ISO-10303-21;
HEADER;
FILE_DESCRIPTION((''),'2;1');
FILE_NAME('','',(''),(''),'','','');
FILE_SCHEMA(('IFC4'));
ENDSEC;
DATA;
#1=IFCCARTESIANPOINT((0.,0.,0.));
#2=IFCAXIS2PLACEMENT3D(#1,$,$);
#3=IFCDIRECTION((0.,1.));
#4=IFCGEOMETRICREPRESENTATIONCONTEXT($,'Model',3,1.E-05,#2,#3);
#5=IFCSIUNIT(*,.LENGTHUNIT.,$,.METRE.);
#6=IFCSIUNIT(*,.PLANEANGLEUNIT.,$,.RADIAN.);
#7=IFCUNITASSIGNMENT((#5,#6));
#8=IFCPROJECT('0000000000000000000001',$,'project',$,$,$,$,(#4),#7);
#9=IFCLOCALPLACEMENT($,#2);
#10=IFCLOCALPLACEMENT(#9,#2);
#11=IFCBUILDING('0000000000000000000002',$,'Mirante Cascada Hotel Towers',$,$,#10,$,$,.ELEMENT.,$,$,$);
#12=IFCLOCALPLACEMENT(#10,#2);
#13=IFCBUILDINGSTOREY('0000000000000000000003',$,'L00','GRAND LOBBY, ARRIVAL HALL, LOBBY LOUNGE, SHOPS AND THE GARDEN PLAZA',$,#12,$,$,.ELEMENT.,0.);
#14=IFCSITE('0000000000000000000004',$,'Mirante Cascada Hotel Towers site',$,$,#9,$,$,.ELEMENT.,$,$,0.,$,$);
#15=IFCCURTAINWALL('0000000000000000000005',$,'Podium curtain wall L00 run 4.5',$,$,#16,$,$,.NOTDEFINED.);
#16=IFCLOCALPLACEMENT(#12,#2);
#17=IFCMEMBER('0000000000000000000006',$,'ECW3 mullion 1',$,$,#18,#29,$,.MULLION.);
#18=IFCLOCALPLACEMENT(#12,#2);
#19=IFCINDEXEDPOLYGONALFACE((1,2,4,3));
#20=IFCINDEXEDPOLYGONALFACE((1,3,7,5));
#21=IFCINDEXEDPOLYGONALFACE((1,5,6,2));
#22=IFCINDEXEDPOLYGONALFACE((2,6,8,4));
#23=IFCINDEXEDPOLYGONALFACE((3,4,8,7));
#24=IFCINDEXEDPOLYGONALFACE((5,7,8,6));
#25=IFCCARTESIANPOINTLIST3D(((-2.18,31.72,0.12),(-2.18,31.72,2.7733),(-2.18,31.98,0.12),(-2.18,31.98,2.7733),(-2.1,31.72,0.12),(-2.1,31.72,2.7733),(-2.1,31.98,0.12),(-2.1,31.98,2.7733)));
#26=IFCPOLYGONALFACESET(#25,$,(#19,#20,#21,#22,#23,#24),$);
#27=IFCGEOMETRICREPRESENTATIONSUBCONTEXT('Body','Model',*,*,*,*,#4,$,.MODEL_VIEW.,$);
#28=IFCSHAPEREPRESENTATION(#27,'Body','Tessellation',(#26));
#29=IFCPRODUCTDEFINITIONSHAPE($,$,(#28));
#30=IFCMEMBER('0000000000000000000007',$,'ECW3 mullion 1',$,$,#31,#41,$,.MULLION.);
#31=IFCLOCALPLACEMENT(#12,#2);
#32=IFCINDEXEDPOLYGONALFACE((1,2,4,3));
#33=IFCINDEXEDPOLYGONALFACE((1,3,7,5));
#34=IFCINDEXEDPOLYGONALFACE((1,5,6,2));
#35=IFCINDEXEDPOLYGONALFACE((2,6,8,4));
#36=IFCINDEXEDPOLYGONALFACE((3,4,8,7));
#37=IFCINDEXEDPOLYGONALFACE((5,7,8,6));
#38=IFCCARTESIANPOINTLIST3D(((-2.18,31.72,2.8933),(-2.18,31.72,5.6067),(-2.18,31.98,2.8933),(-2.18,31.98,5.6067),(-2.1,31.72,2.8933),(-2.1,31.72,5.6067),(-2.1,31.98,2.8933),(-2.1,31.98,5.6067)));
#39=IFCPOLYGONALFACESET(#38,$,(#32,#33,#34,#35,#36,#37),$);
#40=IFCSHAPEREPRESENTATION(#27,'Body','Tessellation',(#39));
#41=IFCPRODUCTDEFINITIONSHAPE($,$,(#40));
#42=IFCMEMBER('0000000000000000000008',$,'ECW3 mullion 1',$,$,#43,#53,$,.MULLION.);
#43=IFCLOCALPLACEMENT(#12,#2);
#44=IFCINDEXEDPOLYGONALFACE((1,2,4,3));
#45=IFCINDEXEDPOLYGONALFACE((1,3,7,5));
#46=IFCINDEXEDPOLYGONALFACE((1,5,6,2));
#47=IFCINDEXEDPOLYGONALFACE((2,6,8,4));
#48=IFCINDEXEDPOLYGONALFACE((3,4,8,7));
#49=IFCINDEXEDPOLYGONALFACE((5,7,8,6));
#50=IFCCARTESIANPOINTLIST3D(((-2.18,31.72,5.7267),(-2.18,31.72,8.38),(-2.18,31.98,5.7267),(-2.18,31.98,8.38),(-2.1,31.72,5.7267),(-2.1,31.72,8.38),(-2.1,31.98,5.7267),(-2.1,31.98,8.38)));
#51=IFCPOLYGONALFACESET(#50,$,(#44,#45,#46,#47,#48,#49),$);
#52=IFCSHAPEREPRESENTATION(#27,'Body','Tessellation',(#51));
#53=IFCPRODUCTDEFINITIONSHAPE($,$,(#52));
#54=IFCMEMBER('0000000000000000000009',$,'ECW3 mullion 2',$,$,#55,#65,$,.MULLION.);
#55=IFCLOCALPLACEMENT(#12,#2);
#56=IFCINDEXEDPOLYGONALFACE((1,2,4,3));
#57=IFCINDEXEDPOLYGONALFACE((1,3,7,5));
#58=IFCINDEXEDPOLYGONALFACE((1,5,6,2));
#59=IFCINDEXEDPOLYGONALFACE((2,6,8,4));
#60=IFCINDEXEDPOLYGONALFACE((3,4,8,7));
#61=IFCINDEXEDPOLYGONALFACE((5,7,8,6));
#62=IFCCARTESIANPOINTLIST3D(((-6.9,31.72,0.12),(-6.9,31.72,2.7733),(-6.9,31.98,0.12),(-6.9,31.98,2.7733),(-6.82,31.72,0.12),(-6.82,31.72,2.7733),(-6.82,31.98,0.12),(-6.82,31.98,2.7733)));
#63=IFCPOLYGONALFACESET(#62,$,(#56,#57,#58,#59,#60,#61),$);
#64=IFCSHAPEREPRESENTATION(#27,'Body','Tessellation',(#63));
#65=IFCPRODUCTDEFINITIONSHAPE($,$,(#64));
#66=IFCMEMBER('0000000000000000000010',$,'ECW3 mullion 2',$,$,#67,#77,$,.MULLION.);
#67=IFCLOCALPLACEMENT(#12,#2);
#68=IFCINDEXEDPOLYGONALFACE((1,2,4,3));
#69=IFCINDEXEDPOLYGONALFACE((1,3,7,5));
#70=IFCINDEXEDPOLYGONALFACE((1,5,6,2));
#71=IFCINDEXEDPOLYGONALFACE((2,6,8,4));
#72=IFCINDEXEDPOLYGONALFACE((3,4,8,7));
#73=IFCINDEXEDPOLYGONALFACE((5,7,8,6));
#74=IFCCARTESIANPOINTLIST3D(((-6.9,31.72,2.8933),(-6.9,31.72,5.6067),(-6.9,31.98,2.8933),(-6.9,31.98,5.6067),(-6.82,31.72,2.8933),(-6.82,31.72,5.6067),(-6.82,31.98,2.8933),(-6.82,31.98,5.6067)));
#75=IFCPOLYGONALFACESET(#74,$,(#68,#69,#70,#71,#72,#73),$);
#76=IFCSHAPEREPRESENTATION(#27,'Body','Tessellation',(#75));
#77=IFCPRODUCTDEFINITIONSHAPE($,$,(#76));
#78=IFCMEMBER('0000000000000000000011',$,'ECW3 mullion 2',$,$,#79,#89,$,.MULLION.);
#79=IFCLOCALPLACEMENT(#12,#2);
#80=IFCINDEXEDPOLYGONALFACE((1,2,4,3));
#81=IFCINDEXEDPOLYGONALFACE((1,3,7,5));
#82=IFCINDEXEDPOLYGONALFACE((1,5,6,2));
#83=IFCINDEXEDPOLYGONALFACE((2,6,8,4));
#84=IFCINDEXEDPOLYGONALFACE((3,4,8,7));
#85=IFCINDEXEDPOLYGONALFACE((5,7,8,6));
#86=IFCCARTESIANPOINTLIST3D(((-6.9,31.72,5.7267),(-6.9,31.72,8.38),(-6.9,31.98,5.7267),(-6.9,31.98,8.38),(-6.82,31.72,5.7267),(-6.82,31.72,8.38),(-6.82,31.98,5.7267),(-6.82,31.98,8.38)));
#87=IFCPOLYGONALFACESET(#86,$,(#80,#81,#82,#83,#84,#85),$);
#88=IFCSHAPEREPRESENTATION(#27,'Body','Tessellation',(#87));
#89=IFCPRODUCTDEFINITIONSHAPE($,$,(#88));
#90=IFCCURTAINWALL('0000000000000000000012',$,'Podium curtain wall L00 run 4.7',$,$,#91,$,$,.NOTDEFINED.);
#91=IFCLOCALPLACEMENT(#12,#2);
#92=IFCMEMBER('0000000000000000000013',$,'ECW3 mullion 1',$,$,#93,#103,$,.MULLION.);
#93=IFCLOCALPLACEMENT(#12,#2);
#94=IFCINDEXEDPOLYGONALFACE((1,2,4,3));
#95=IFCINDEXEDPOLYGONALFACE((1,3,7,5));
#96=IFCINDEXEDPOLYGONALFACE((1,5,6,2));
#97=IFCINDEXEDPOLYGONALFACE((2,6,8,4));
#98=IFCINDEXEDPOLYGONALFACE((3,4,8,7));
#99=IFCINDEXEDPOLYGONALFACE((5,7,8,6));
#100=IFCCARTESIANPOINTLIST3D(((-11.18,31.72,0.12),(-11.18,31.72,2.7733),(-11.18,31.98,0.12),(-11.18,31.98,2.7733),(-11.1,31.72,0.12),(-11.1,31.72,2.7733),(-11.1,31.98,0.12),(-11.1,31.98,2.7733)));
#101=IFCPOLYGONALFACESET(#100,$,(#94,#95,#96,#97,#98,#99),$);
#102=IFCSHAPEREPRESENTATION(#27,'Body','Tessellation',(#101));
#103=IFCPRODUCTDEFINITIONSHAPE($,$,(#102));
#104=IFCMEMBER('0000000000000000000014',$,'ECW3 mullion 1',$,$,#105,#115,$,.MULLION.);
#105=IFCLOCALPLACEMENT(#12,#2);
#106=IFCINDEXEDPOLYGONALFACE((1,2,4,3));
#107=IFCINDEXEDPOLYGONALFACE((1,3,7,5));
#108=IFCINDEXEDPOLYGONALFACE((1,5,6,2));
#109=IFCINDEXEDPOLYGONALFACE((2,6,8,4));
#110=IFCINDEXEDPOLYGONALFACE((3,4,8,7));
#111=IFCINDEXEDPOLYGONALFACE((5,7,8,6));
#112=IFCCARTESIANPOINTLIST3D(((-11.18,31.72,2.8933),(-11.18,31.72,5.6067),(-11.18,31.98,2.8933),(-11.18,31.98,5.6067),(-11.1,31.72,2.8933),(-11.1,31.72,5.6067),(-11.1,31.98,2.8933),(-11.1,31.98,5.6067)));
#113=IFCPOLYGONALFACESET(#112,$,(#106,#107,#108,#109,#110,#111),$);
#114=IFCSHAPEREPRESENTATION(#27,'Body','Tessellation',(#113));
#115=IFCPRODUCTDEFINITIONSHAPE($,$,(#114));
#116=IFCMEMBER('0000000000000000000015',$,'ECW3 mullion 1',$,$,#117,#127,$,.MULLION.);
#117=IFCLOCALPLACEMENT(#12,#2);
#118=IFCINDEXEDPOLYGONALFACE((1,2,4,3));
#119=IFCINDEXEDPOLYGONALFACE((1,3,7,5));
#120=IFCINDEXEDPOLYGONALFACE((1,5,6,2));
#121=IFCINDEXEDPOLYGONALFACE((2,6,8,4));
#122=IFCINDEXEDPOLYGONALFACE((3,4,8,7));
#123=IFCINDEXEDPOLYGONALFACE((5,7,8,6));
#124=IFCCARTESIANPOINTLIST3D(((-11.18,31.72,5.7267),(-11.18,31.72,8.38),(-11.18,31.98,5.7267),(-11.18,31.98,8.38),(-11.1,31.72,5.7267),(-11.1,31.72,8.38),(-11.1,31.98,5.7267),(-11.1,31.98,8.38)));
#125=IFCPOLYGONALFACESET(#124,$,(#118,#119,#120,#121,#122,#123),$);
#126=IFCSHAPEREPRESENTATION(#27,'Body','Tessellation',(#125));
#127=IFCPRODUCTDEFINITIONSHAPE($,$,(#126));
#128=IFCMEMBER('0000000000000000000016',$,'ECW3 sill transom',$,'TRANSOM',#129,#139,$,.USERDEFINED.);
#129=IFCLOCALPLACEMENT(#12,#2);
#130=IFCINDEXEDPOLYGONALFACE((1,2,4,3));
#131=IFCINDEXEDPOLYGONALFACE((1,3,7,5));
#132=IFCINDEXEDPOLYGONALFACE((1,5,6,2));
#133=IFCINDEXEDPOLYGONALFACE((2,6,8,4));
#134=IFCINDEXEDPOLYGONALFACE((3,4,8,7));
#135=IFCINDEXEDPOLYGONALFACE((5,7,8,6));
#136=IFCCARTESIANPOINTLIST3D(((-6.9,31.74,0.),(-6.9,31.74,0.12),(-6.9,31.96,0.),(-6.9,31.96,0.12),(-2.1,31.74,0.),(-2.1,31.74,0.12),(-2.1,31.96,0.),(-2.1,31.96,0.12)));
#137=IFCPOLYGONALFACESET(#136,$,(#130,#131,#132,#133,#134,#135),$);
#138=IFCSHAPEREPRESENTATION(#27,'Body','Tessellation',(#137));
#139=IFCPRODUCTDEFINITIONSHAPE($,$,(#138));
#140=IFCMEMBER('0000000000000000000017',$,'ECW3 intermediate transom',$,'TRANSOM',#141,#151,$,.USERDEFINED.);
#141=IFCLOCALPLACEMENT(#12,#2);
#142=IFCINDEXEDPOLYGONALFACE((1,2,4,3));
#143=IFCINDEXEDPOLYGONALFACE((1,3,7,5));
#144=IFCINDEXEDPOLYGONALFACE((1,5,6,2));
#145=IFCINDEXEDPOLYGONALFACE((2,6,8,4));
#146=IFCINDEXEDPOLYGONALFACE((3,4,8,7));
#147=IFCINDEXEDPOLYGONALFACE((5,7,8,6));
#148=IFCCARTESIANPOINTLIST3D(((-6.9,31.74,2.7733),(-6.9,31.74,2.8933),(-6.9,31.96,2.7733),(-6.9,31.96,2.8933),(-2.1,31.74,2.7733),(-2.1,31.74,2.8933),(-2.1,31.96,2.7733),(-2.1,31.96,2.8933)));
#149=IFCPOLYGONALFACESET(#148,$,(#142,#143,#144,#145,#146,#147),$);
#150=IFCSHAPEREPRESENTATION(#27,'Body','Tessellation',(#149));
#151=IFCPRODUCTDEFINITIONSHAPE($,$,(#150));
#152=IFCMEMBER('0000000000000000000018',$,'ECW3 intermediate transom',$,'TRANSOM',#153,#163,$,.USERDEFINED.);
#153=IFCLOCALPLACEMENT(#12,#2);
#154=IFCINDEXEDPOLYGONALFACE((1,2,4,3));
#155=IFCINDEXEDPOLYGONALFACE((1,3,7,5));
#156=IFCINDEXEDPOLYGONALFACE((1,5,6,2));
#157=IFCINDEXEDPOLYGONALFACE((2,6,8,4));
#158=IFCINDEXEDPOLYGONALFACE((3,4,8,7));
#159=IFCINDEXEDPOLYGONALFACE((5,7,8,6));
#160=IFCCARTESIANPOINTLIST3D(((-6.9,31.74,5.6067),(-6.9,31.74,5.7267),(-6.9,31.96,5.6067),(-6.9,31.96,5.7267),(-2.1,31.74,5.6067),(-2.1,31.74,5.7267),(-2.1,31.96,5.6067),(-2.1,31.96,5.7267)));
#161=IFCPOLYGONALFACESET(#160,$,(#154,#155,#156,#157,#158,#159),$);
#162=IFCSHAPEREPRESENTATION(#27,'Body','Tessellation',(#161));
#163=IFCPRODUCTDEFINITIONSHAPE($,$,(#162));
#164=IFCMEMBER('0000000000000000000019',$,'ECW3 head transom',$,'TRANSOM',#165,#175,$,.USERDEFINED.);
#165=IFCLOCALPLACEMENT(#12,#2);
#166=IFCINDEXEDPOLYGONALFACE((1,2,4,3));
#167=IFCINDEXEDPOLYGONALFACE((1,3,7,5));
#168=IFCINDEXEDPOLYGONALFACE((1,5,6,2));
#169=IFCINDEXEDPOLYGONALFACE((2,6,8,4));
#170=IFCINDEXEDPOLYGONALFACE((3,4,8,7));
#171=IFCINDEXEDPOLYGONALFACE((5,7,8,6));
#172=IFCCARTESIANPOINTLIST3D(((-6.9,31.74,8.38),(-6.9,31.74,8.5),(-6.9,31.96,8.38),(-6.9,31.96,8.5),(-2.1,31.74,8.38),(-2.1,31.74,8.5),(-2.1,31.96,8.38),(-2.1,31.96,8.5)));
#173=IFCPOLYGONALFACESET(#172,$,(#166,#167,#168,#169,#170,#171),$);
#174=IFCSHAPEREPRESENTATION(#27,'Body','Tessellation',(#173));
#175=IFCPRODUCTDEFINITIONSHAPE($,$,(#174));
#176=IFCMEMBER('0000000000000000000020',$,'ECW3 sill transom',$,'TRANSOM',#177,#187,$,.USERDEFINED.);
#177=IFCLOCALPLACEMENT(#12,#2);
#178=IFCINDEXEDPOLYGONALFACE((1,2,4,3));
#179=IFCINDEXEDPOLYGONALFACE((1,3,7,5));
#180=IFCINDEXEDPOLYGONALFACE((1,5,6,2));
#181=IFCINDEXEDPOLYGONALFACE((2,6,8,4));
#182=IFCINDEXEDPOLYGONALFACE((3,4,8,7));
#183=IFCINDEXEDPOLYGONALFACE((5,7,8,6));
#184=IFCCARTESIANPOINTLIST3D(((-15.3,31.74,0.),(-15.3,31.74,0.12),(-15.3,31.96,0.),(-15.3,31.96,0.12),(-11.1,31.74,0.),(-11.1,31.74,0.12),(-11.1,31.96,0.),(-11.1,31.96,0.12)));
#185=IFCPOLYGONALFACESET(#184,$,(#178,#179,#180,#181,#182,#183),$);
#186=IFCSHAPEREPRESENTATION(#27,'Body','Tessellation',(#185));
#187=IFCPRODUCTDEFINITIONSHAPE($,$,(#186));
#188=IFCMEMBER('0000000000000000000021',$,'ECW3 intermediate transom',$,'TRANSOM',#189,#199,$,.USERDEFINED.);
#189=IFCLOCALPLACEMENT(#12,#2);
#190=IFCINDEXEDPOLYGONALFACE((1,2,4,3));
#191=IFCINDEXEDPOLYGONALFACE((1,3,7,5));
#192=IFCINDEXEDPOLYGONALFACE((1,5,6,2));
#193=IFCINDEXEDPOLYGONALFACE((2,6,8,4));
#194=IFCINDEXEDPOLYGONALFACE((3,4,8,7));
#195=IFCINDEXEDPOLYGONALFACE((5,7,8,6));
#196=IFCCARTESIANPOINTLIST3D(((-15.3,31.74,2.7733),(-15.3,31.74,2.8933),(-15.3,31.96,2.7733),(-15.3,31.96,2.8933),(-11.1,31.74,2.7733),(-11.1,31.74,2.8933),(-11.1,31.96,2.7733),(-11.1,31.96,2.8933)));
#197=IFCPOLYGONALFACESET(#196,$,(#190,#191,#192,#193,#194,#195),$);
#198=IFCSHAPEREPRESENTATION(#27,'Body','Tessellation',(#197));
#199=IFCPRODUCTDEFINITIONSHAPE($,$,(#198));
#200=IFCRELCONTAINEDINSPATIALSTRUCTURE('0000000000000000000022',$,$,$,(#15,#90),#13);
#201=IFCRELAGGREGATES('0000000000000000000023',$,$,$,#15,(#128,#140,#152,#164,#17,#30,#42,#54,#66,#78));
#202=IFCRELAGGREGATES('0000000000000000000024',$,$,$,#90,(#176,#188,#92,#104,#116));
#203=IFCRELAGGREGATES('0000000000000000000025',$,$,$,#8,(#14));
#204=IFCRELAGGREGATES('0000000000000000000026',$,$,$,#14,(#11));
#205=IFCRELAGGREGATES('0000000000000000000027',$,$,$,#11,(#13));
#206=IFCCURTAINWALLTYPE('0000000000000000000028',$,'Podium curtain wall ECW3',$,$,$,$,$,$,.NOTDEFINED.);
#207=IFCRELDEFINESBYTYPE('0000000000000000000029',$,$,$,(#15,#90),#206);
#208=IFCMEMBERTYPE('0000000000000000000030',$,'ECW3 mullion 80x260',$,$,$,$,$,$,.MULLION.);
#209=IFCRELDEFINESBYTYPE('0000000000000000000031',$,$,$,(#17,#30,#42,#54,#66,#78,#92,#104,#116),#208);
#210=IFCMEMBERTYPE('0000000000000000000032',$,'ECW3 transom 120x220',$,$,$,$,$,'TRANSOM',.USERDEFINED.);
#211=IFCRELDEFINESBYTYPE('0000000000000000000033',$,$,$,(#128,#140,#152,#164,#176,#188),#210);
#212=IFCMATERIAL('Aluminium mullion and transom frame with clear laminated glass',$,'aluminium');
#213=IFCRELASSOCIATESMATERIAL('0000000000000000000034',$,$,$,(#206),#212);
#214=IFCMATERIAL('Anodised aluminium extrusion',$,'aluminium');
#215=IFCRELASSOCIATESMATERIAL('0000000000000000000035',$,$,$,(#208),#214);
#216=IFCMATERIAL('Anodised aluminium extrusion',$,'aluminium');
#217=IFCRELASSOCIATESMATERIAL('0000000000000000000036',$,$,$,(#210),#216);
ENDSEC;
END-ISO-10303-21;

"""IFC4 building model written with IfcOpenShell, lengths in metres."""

from ifc_helpers import new_model, si_unit, direction, frame, origin, origin_2d, place, context, subcontext, project, spatial, rectangle, extrude, material, material_profile, profile_set, type_object, element, aggregate, save


model = new_model("IFC4")

# Units and contexts
model_context = context("Model", 3, precision=1e-05, world=origin(), true_north=direction((0.0, 1.0)))
body_context = subcontext(model_context, "Body", "Model", "MODEL_VIEW")
ifc_project = project(units=[si_unit("LENGTHUNIT", "METRE"), si_unit("PLANEANGLEUNIT", "RADIAN")], contexts=[model_context])

# Site, building, storey
site_placement = place(None, origin())
site = spatial("IfcSite", under=ifc_project, at=site_placement, Name="Mirante Cascada Hotel Towers site", CompositionType="ELEMENT", RefElevation=0.0)
building_placement = place(site_placement, origin())
building = spatial("IfcBuilding", under=site, at=building_placement, Name="Mirante Cascada Hotel Towers", CompositionType="ELEMENT")
storey_placement = place(building_placement, origin())
storey = spatial("IfcBuildingStorey", under=building, at=storey_placement, Name="L00", Description="GRAND LOBBY, ARRIVAL HALL, LOBBY LOUNGE, SHOPS AND THE GARDEN PLAZA", CompositionType="ELEMENT", Elevation=0.0)

# Curtain walls, members
ifc_material_1 = material(Name="Aluminium mullion and transom frame with clear laminated glass", Category="aluminium")
curtain_wall_type = type_object("IfcCurtainWallType", Name="Podium curtain wall ECW3", PredefinedType="NOTDEFINED", material=ifc_material_1)
curtain_wall_1_placement = place(storey_placement, origin())
curtain_wall_1 = element("IfcCurtainWall", 1, at=curtain_wall_1_placement, inside=storey, type_object=curtain_wall_type, Name="Podium curtain wall L00 run 4.5", PredefinedType="NOTDEFINED")
ifc_material_2 = material(Name="Anodised aluminium extrusion", Category="aluminium")
ifc_material_profile_1 = material_profile(ifc_material_2, rectangle(XDim=0.26, YDim=0.08, at=origin_2d()), Name="ECW3 MULLION 80x260")
ifc_profile_set_1 = profile_set([ifc_material_profile_1], Name="Anodised aluminium extrusion")
member_type_1 = type_object("IfcMemberType", Name="ECW3 mullion 80x260", PredefinedType="MULLION", material=ifc_profile_set_1)
member_1_placement = place(storey_placement, frame((-2.14, 31.85, 0.12), z_axis=(0.0, 0.0, 1.0), x_axis=(0.0, -1.0, 0.0)))
member_1 = element("IfcMember", 2, at=member_1_placement, type_object=member_type_1, Name="ECW3 mullion 1", PredefinedType="MULLION", context=body_context, shape_type="SweptSolid", body=[
    extrude(rectangle(XDim=0.26, YDim=0.08, at=origin_2d()), origin(), (0.0, 0.0, 1.0), 2.6533),
])
member_2_placement = place(storey_placement, frame((-2.14, 31.85, 2.8933), z_axis=(0.0, 0.0, 1.0), x_axis=(0.0, -1.0, 0.0)))
member_2 = element("IfcMember", 3, at=member_2_placement, type_object=member_type_1, Name="ECW3 mullion 1", PredefinedType="MULLION", context=body_context, shape_type="SweptSolid", body=[
    extrude(rectangle(XDim=0.26, YDim=0.08, at=origin_2d()), origin(), (0.0, 0.0, 1.0), 2.7134),
])
member_3_placement = place(storey_placement, frame((-2.14, 31.85, 5.7267), z_axis=(0.0, 0.0, 1.0), x_axis=(0.0, -1.0, 0.0)))
member_3 = element("IfcMember", 4, at=member_3_placement, type_object=member_type_1, Name="ECW3 mullion 1", PredefinedType="MULLION", context=body_context, shape_type="SweptSolid", body=[
    extrude(rectangle(XDim=0.26, YDim=0.08, at=origin_2d()), origin(), (0.0, 0.0, 1.0), 2.6533),
])
member_4_placement = place(storey_placement, frame((-6.86, 31.85, 0.12), z_axis=(0.0, 0.0, 1.0), x_axis=(0.0, -1.0, 0.0)))
member_4 = element("IfcMember", 5, at=member_4_placement, type_object=member_type_1, Name="ECW3 mullion 2", PredefinedType="MULLION", context=body_context, shape_type="SweptSolid", body=[
    extrude(rectangle(XDim=0.26, YDim=0.08, at=origin_2d()), origin(), (0.0, 0.0, 1.0), 2.6533),
])
member_5_placement = place(storey_placement, frame((-6.86, 31.85, 2.8933), z_axis=(0.0, 0.0, 1.0), x_axis=(0.0, -1.0, 0.0)))
member_5 = element("IfcMember", 6, at=member_5_placement, type_object=member_type_1, Name="ECW3 mullion 2", PredefinedType="MULLION", context=body_context, shape_type="SweptSolid", body=[
    extrude(rectangle(XDim=0.26, YDim=0.08, at=origin_2d()), origin(), (0.0, 0.0, 1.0), 2.7134),
])
member_6_placement = place(storey_placement, frame((-6.86, 31.85, 5.7267), z_axis=(0.0, 0.0, 1.0), x_axis=(0.0, -1.0, 0.0)))
member_6 = element("IfcMember", 7, at=member_6_placement, type_object=member_type_1, Name="ECW3 mullion 2", PredefinedType="MULLION", context=body_context, shape_type="SweptSolid", body=[
    extrude(rectangle(XDim=0.26, YDim=0.08, at=origin_2d()), origin(), (0.0, 0.0, 1.0), 2.6533),
])
curtain_wall_2_placement = place(storey_placement, origin())
curtain_wall_2 = element("IfcCurtainWall", 8, at=curtain_wall_2_placement, inside=storey, type_object=curtain_wall_type, Name="Podium curtain wall L00 run 4.7", PredefinedType="NOTDEFINED")
member_7_placement = place(storey_placement, frame((-11.14, 31.85, 0.12), z_axis=(0.0, 0.0, 1.0), x_axis=(0.0, -1.0, 0.0)))
member_7 = element("IfcMember", 9, at=member_7_placement, type_object=member_type_1, Name="ECW3 mullion 1", PredefinedType="MULLION", context=body_context, shape_type="SweptSolid", body=[
    extrude(rectangle(XDim=0.26, YDim=0.08, at=origin_2d()), origin(), (0.0, 0.0, 1.0), 2.6533),
])
member_8_placement = place(storey_placement, frame((-11.14, 31.85, 2.8933), z_axis=(0.0, 0.0, 1.0), x_axis=(0.0, -1.0, 0.0)))
member_8 = element("IfcMember", 10, at=member_8_placement, type_object=member_type_1, Name="ECW3 mullion 1", PredefinedType="MULLION", context=body_context, shape_type="SweptSolid", body=[
    extrude(rectangle(XDim=0.26, YDim=0.08, at=origin_2d()), origin(), (0.0, 0.0, 1.0), 2.7134),
])
member_9_placement = place(storey_placement, frame((-11.14, 31.85, 5.7267), z_axis=(0.0, 0.0, 1.0), x_axis=(0.0, -1.0, 0.0)))
member_9 = element("IfcMember", 11, at=member_9_placement, type_object=member_type_1, Name="ECW3 mullion 1", PredefinedType="MULLION", context=body_context, shape_type="SweptSolid", body=[
    extrude(rectangle(XDim=0.26, YDim=0.08, at=origin_2d()), origin(), (0.0, 0.0, 1.0), 2.6533),
])

# Members
ifc_material_3 = material(Name="Anodised aluminium extrusion", Category="aluminium")
ifc_material_profile_2 = material_profile(ifc_material_3, rectangle(XDim=0.22, YDim=0.12, at=origin_2d()), Name="ECW3 TRANSOM 120x220")
ifc_profile_set_2 = profile_set([ifc_material_profile_2], Name="Anodised aluminium extrusion")
member_type_2 = type_object("IfcMemberType", Name="ECW3 transom 120x220", ElementType="TRANSOM", PredefinedType="USERDEFINED", material=ifc_profile_set_2)
member_10_placement = place(storey_placement, frame((-2.1, 31.85, 0.06), z_axis=(-1.0, 0.0, 0.0), x_axis=(0.0, -1.0, 0.0)))
member_10 = element("IfcMember", 12, at=member_10_placement, type_object=member_type_2, Name="ECW3 sill transom", ObjectType="TRANSOM", PredefinedType="USERDEFINED", context=body_context, shape_type="SweptSolid", body=[
    extrude(rectangle(XDim=0.22, YDim=0.12, at=origin_2d()), origin(), (0.0, 0.0, 1.0), 4.8),
])
member_11_placement = place(storey_placement, frame((-2.1, 31.85, 2.8333), z_axis=(-1.0, 0.0, 0.0), x_axis=(0.0, -1.0, 0.0)))
member_11 = element("IfcMember", 13, at=member_11_placement, type_object=member_type_2, Name="ECW3 intermediate transom", ObjectType="TRANSOM", PredefinedType="USERDEFINED", context=body_context, shape_type="SweptSolid", body=[
    extrude(rectangle(XDim=0.22, YDim=0.12, at=origin_2d()), origin(), (0.0, 0.0, 1.0), 4.8),
])
member_12_placement = place(storey_placement, frame((-2.1, 31.85, 5.6667), z_axis=(-1.0, 0.0, 0.0), x_axis=(0.0, -1.0, 0.0)))
member_12 = element("IfcMember", 14, at=member_12_placement, type_object=member_type_2, Name="ECW3 intermediate transom", ObjectType="TRANSOM", PredefinedType="USERDEFINED", context=body_context, shape_type="SweptSolid", body=[
    extrude(rectangle(XDim=0.22, YDim=0.12, at=origin_2d()), origin(), (0.0, 0.0, 1.0), 4.8),
])
member_13_placement = place(storey_placement, frame((-2.1, 31.85, 8.44), z_axis=(-1.0, 0.0, 0.0), x_axis=(0.0, -1.0, 0.0)))
member_13 = element("IfcMember", 15, at=member_13_placement, type_object=member_type_2, Name="ECW3 head transom", ObjectType="TRANSOM", PredefinedType="USERDEFINED", context=body_context, shape_type="SweptSolid", body=[
    extrude(rectangle(XDim=0.22, YDim=0.12, at=origin_2d()), origin(), (0.0, 0.0, 1.0), 4.8),
])
member_14_placement = place(storey_placement, frame((-11.1, 31.85, 0.06), z_axis=(-1.0, 0.0, 0.0), x_axis=(0.0, -1.0, 0.0)))
member_14 = element("IfcMember", 16, at=member_14_placement, type_object=member_type_2, Name="ECW3 sill transom", ObjectType="TRANSOM", PredefinedType="USERDEFINED", context=body_context, shape_type="SweptSolid", body=[
    extrude(rectangle(XDim=0.22, YDim=0.12, at=origin_2d()), origin(), (0.0, 0.0, 1.0), 4.2),
])
member_15_placement = place(storey_placement, frame((-11.1, 31.85, 2.8333), z_axis=(-1.0, 0.0, 0.0), x_axis=(0.0, -1.0, 0.0)))
member_15 = element("IfcMember", 17, at=member_15_placement, type_object=member_type_2, Name="ECW3 intermediate transom", ObjectType="TRANSOM", PredefinedType="USERDEFINED", context=body_context, shape_type="SweptSolid", body=[
    extrude(rectangle(XDim=0.22, YDim=0.12, at=origin_2d()), origin(), (0.0, 0.0, 1.0), 4.2),
])

aggregate(curtain_wall_1, [member_10, member_11, member_12, member_13, member_1, member_2, member_3, member_4, member_5, member_6])
aggregate(curtain_wall_2, [member_14, member_15, member_7, member_8, member_9])

save(model, "model.ifc")
